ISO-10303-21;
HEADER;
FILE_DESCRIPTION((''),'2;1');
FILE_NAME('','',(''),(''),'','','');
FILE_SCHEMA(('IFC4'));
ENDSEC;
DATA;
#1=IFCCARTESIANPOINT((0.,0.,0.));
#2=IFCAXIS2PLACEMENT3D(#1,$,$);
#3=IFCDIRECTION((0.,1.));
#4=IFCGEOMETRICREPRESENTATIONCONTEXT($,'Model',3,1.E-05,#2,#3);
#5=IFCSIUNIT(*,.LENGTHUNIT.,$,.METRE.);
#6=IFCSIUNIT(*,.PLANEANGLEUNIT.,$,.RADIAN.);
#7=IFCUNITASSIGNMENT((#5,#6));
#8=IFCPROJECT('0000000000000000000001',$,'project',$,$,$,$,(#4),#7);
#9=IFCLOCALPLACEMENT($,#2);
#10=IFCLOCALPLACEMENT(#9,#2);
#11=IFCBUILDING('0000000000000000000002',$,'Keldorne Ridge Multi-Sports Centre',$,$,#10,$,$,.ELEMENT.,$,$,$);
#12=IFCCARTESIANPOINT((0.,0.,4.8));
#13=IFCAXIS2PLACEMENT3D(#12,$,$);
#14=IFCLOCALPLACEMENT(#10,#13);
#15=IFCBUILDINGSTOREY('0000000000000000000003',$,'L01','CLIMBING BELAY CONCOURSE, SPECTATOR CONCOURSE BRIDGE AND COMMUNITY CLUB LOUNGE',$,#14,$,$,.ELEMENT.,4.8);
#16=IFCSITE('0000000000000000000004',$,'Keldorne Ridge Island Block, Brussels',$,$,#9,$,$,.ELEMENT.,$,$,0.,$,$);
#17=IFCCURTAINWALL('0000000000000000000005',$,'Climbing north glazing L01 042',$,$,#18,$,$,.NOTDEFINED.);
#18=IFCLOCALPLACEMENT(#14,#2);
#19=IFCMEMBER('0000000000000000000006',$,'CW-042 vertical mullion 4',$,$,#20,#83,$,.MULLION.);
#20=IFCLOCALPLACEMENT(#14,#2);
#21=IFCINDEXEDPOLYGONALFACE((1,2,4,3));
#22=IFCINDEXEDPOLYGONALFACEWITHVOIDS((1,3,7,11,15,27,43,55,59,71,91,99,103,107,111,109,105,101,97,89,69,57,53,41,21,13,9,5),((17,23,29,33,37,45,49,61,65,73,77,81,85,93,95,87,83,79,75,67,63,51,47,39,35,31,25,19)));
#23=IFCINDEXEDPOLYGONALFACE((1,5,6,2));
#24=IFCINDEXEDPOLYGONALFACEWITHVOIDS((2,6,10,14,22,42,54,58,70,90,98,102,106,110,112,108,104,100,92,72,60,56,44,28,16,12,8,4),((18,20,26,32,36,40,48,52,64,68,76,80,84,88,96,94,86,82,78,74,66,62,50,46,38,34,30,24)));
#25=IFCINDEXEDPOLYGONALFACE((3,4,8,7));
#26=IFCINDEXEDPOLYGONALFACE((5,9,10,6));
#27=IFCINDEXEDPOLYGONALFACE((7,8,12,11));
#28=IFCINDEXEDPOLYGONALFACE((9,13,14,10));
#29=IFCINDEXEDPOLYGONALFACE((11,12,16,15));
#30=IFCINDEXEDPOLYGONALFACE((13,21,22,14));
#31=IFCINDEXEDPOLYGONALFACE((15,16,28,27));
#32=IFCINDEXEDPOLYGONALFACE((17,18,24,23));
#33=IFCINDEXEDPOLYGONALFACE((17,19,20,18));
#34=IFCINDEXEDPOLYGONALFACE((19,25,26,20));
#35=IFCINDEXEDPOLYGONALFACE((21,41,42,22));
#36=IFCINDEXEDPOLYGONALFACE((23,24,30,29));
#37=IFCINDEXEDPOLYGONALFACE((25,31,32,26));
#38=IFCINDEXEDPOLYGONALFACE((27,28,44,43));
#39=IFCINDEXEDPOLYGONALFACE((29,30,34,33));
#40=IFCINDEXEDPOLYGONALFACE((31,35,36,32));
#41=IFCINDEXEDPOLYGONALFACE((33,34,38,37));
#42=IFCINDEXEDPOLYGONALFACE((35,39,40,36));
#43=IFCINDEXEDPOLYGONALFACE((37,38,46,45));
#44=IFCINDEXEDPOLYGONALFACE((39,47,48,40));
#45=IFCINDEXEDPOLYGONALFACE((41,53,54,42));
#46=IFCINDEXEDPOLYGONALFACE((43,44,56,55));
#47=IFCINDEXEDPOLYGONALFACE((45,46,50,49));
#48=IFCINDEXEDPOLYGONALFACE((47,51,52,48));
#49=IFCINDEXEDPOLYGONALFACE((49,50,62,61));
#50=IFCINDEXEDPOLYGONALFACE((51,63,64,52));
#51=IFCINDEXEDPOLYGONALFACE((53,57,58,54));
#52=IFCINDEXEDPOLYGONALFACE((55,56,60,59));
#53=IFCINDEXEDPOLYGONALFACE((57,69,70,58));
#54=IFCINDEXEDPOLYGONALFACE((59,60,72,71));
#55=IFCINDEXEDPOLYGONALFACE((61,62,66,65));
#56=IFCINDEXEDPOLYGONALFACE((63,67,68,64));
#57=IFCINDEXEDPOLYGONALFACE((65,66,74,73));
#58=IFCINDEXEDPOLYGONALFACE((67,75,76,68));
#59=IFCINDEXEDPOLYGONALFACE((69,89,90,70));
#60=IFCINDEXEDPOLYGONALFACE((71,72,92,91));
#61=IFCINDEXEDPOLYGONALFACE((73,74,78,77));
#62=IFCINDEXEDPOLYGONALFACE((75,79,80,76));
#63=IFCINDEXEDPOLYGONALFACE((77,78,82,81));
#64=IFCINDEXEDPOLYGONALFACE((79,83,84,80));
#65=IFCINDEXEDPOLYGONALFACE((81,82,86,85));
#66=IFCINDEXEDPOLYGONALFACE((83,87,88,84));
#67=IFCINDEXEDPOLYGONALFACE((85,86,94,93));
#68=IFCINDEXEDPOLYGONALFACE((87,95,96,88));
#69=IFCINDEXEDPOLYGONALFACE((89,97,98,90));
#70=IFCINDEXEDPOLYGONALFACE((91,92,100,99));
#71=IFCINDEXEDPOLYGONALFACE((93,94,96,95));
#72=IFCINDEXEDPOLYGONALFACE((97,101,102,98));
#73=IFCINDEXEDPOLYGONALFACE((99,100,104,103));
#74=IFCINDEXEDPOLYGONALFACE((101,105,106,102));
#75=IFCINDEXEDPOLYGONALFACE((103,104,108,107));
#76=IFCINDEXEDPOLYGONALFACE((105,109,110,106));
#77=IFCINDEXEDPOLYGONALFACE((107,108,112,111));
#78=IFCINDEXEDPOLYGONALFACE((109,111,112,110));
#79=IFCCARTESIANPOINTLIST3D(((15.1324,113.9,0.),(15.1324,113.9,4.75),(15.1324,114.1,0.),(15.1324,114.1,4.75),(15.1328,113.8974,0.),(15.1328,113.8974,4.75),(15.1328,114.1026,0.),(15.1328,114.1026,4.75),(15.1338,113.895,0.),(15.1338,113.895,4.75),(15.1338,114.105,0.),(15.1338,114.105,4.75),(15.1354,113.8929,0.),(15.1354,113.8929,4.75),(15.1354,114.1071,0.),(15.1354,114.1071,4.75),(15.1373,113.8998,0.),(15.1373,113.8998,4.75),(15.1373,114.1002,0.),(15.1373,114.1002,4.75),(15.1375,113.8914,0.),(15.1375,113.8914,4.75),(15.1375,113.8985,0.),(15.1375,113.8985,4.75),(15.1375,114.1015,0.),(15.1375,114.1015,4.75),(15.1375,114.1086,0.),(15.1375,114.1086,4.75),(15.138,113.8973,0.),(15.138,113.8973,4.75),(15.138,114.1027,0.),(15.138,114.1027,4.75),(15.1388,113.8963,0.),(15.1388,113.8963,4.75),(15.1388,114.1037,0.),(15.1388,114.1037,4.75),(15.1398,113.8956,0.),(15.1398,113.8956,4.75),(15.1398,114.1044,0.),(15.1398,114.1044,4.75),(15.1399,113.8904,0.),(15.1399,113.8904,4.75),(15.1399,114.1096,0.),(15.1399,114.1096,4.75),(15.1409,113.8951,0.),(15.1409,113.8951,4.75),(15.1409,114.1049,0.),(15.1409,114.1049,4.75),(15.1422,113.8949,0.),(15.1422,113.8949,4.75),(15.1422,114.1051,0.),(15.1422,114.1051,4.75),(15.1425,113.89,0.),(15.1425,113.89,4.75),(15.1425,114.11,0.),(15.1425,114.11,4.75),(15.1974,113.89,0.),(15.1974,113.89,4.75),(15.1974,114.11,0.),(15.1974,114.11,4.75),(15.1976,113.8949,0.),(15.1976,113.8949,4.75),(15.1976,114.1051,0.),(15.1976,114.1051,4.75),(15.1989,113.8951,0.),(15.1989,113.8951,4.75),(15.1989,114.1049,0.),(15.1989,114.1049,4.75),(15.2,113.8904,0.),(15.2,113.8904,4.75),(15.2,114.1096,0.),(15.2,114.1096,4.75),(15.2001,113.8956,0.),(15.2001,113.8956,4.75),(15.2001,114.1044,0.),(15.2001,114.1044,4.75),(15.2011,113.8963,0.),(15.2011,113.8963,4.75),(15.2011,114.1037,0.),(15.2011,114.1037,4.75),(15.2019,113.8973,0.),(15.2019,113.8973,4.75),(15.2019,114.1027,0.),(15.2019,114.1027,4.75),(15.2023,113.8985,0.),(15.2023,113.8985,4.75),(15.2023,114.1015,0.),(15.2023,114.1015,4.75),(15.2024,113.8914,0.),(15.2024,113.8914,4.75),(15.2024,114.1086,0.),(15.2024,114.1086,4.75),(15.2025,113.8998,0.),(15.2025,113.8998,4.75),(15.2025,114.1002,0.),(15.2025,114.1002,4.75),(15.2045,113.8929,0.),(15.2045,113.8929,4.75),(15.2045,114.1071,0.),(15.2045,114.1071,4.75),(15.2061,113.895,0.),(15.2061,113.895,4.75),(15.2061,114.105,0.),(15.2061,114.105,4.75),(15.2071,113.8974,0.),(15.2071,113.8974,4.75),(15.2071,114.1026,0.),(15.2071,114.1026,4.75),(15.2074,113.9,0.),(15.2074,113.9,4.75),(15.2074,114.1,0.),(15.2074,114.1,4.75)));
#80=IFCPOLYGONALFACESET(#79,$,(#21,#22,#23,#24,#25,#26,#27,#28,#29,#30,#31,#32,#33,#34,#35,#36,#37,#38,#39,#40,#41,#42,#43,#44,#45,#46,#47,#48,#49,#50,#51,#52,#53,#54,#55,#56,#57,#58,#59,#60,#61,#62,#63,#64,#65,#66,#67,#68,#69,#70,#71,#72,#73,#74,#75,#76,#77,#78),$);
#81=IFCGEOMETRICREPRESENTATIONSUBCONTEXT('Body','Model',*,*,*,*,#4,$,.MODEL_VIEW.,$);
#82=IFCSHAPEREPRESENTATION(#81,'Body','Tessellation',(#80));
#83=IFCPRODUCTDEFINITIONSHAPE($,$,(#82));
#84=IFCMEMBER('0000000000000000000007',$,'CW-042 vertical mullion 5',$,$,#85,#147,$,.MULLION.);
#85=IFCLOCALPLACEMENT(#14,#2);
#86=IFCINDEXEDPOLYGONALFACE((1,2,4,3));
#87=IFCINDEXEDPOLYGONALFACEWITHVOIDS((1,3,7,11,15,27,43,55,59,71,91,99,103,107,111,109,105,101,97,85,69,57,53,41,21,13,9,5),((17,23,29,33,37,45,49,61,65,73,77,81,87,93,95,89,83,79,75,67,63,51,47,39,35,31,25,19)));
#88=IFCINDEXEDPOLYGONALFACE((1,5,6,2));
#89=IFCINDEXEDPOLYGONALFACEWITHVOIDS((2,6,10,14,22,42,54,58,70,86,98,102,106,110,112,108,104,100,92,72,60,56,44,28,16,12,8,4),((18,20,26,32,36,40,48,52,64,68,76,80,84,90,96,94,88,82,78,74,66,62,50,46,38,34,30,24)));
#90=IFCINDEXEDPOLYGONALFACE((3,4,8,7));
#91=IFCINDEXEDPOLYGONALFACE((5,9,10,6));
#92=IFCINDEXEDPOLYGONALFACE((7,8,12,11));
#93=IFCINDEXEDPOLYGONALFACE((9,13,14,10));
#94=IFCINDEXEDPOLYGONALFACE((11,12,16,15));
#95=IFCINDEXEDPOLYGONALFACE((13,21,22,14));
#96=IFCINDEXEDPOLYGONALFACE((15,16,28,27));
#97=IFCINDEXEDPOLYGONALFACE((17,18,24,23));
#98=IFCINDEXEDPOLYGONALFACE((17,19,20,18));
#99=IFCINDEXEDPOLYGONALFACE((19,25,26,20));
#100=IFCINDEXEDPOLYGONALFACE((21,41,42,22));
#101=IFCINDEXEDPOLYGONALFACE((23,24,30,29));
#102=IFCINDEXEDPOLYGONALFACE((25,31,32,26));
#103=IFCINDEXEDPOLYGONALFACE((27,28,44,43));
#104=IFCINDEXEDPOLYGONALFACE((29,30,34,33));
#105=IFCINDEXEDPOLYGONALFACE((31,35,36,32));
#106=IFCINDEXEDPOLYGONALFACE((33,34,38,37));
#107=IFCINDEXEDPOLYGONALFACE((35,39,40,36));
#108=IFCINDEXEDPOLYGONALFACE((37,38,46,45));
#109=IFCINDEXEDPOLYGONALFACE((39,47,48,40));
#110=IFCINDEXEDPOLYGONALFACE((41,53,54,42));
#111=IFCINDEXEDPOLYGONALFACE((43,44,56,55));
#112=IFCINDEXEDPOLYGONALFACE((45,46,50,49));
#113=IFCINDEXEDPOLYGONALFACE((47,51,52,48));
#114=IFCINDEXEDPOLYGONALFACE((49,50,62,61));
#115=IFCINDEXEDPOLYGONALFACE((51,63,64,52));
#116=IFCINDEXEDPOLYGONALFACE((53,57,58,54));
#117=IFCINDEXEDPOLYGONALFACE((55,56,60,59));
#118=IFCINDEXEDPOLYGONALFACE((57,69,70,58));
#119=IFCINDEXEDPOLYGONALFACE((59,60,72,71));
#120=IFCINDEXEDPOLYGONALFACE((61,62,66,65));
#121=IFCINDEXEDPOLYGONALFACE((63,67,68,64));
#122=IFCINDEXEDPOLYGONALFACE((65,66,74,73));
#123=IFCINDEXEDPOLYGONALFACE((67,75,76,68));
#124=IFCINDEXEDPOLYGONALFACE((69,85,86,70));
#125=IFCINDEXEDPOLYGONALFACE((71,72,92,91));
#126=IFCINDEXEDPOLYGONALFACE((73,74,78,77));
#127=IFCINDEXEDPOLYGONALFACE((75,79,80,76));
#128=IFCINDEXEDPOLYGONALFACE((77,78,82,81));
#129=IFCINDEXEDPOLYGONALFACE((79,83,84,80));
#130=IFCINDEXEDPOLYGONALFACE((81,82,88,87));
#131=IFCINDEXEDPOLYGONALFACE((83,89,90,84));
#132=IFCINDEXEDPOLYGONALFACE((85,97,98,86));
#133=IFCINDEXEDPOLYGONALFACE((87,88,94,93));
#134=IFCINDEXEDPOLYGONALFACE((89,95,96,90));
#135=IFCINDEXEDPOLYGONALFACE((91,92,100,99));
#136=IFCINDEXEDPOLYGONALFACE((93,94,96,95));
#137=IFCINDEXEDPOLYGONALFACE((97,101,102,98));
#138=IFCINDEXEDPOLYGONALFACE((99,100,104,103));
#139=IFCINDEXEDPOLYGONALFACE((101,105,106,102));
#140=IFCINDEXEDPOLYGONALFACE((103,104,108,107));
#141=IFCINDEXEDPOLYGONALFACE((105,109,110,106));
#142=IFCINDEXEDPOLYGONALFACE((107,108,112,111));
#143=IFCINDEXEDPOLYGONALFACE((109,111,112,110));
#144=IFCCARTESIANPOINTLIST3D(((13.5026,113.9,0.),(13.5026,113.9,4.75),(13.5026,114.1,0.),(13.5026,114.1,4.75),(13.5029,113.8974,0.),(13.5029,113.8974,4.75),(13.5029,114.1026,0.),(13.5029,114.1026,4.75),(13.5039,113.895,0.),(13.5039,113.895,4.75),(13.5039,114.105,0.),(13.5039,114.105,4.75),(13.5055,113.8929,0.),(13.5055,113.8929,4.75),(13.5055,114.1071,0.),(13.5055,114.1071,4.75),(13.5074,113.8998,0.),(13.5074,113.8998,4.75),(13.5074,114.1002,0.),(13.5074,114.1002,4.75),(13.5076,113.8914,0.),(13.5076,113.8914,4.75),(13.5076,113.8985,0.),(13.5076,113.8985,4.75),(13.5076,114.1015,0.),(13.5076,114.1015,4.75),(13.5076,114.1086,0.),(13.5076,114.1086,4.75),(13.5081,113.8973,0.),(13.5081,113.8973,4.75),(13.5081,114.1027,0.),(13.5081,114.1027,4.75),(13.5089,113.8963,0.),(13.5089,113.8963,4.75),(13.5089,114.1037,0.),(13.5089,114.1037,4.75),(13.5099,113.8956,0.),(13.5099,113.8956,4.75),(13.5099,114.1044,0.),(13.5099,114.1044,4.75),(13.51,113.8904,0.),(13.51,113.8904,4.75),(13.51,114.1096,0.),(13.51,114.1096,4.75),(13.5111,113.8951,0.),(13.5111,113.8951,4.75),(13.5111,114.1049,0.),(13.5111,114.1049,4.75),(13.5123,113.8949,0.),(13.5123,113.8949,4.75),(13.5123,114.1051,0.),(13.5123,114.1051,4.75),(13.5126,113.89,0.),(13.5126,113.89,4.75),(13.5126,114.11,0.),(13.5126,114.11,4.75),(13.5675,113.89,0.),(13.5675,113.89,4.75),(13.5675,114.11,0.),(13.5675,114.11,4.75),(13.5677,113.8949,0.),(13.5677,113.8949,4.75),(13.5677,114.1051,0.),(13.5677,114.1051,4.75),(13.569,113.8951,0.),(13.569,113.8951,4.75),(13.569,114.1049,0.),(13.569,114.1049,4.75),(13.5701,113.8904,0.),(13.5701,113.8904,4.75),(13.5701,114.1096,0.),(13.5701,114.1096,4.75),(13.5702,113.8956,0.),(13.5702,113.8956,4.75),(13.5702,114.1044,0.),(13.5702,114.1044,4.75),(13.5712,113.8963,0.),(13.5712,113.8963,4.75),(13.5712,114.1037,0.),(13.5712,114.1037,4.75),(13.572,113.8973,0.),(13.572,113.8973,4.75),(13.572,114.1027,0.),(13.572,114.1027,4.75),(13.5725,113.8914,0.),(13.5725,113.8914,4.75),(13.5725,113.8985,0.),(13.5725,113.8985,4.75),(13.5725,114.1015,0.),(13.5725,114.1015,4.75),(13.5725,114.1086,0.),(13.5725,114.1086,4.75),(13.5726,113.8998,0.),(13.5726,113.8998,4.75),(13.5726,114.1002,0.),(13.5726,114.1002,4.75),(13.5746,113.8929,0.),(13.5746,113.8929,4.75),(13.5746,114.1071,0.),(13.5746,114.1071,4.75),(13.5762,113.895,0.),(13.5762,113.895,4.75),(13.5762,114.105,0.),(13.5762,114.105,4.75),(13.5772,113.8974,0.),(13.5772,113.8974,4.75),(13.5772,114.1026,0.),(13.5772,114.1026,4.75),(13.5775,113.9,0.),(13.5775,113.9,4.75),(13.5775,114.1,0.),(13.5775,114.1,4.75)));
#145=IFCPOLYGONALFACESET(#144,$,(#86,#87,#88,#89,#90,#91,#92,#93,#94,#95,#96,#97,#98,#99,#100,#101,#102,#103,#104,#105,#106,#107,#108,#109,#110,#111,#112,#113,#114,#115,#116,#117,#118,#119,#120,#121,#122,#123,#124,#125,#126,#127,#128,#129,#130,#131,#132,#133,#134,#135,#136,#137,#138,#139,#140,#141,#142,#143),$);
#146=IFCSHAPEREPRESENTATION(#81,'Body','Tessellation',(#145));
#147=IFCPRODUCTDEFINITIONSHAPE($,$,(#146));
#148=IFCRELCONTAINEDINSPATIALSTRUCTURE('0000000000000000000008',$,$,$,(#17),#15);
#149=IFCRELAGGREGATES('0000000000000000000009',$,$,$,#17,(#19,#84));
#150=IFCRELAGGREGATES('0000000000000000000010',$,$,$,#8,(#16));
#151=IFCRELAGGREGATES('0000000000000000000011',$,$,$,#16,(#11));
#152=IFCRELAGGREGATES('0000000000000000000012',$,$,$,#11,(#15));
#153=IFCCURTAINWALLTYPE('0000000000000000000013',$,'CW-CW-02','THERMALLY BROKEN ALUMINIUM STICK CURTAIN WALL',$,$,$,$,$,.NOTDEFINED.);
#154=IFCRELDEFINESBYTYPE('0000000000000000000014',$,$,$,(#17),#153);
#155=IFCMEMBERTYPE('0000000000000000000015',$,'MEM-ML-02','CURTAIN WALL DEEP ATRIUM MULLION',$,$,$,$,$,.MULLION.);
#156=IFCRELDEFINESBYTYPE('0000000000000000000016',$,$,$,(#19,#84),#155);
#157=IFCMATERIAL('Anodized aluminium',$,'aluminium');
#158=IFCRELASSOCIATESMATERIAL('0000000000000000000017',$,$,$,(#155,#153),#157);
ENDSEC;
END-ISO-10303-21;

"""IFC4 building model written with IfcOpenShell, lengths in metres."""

from ifc_helpers import new_model, si_unit, direction, frame, origin, origin_2d, place, context, subcontext, project, spatial, hollow_rectangle, extrude, material, material_profile, profile_set, type_object, element, aggregate, save


model = new_model("IFC4")

# Units and contexts
model_context = context("Model", 3, precision=1e-05, world=origin(), true_north=direction((0.0, 1.0)))
body_context = subcontext(model_context, "Body", "Model", "MODEL_VIEW")
ifc_project = project(units=[si_unit("LENGTHUNIT", "METRE"), si_unit("PLANEANGLEUNIT", "RADIAN")], contexts=[model_context])

# Site, building, storey
site_placement = place(None, origin())
site = spatial("IfcSite", under=ifc_project, at=site_placement, Name="Keldorne Ridge Island Block, Brussels", CompositionType="ELEMENT", RefElevation=0.0)
building_placement = place(site_placement, origin())
building = spatial("IfcBuilding", under=site, at=building_placement, Name="Keldorne Ridge Multi-Sports Centre", CompositionType="ELEMENT")
storey_placement = place(building_placement, frame((0.0, 0.0, 4.8)))
storey = spatial("IfcBuildingStorey", under=building, at=storey_placement, Name="L01", Description="CLIMBING BELAY CONCOURSE, SPECTATOR CONCOURSE BRIDGE AND COMMUNITY CLUB LOUNGE", CompositionType="ELEMENT", Elevation=4.8)

# Curtain wall, members
ifc_material_1 = material(Name="Anodized aluminium", Category="aluminium")
ifc_material_profile_1 = material_profile(ifc_material_1, hollow_rectangle(XDim=0.075, YDim=0.22, WallThickness=0.0049, InnerFilletRadius=0.0049, OuterFilletRadius=0.01, at=origin_2d()), Name="ALU MULLION 220x75x5")
ifc_profile_set_1 = profile_set([ifc_material_profile_1], Name="Anodized aluminium")
member_type_1 = type_object("IfcMemberType", Name="MEM-ML-02", Description="CURTAIN WALL DEEP ATRIUM MULLION", PredefinedType="MULLION", material=ifc_profile_set_1)
curtain_wall_type_1 = type_object("IfcCurtainWallType", Name="CW-CW-02", Description="THERMALLY BROKEN ALUMINIUM STICK CURTAIN WALL", PredefinedType="NOTDEFINED", material=ifc_material_1)
curtain_wall_1_placement = place(storey_placement, origin())
curtain_wall_1 = element("IfcCurtainWall", 1, at=curtain_wall_1_placement, inside=storey, type_object=curtain_wall_type_1, Name="Climbing north glazing L01 042", PredefinedType="NOTDEFINED")
member_1_placement = place(storey_placement, frame((15.1699, 114.0, 0.0), z_axis=(0.0, 0.0, 1.0), x_axis=(1.0, 0.0, 0.0)))
member_1 = element("IfcMember", 2, at=member_1_placement, type_object=member_type_1, Name="CW-042 vertical mullion 4", PredefinedType="MULLION", context=body_context, shape_type="SweptSolid", body=[
    extrude(hollow_rectangle(XDim=0.075, YDim=0.22, WallThickness=0.0049, InnerFilletRadius=0.0049, OuterFilletRadius=0.01, at=origin_2d()), origin(), (0.0, 0.0, 1.0), 4.75),
])
member_2_placement = place(storey_placement, frame((13.54, 114.0, 0.0), z_axis=(0.0, 0.0, 1.0), x_axis=(1.0, 0.0, 0.0)))
member_2 = element("IfcMember", 3, at=member_2_placement, type_object=member_type_1, Name="CW-042 vertical mullion 5", PredefinedType="MULLION", context=body_context, shape_type="SweptSolid", body=[
    extrude(hollow_rectangle(XDim=0.075, YDim=0.22, WallThickness=0.0049, InnerFilletRadius=0.0049, OuterFilletRadius=0.01, at=origin_2d()), origin(), (0.0, 0.0, 1.0), 4.75),
])

aggregate(curtain_wall_1, [member_1, member_2])

save(model, "model.ifc")
